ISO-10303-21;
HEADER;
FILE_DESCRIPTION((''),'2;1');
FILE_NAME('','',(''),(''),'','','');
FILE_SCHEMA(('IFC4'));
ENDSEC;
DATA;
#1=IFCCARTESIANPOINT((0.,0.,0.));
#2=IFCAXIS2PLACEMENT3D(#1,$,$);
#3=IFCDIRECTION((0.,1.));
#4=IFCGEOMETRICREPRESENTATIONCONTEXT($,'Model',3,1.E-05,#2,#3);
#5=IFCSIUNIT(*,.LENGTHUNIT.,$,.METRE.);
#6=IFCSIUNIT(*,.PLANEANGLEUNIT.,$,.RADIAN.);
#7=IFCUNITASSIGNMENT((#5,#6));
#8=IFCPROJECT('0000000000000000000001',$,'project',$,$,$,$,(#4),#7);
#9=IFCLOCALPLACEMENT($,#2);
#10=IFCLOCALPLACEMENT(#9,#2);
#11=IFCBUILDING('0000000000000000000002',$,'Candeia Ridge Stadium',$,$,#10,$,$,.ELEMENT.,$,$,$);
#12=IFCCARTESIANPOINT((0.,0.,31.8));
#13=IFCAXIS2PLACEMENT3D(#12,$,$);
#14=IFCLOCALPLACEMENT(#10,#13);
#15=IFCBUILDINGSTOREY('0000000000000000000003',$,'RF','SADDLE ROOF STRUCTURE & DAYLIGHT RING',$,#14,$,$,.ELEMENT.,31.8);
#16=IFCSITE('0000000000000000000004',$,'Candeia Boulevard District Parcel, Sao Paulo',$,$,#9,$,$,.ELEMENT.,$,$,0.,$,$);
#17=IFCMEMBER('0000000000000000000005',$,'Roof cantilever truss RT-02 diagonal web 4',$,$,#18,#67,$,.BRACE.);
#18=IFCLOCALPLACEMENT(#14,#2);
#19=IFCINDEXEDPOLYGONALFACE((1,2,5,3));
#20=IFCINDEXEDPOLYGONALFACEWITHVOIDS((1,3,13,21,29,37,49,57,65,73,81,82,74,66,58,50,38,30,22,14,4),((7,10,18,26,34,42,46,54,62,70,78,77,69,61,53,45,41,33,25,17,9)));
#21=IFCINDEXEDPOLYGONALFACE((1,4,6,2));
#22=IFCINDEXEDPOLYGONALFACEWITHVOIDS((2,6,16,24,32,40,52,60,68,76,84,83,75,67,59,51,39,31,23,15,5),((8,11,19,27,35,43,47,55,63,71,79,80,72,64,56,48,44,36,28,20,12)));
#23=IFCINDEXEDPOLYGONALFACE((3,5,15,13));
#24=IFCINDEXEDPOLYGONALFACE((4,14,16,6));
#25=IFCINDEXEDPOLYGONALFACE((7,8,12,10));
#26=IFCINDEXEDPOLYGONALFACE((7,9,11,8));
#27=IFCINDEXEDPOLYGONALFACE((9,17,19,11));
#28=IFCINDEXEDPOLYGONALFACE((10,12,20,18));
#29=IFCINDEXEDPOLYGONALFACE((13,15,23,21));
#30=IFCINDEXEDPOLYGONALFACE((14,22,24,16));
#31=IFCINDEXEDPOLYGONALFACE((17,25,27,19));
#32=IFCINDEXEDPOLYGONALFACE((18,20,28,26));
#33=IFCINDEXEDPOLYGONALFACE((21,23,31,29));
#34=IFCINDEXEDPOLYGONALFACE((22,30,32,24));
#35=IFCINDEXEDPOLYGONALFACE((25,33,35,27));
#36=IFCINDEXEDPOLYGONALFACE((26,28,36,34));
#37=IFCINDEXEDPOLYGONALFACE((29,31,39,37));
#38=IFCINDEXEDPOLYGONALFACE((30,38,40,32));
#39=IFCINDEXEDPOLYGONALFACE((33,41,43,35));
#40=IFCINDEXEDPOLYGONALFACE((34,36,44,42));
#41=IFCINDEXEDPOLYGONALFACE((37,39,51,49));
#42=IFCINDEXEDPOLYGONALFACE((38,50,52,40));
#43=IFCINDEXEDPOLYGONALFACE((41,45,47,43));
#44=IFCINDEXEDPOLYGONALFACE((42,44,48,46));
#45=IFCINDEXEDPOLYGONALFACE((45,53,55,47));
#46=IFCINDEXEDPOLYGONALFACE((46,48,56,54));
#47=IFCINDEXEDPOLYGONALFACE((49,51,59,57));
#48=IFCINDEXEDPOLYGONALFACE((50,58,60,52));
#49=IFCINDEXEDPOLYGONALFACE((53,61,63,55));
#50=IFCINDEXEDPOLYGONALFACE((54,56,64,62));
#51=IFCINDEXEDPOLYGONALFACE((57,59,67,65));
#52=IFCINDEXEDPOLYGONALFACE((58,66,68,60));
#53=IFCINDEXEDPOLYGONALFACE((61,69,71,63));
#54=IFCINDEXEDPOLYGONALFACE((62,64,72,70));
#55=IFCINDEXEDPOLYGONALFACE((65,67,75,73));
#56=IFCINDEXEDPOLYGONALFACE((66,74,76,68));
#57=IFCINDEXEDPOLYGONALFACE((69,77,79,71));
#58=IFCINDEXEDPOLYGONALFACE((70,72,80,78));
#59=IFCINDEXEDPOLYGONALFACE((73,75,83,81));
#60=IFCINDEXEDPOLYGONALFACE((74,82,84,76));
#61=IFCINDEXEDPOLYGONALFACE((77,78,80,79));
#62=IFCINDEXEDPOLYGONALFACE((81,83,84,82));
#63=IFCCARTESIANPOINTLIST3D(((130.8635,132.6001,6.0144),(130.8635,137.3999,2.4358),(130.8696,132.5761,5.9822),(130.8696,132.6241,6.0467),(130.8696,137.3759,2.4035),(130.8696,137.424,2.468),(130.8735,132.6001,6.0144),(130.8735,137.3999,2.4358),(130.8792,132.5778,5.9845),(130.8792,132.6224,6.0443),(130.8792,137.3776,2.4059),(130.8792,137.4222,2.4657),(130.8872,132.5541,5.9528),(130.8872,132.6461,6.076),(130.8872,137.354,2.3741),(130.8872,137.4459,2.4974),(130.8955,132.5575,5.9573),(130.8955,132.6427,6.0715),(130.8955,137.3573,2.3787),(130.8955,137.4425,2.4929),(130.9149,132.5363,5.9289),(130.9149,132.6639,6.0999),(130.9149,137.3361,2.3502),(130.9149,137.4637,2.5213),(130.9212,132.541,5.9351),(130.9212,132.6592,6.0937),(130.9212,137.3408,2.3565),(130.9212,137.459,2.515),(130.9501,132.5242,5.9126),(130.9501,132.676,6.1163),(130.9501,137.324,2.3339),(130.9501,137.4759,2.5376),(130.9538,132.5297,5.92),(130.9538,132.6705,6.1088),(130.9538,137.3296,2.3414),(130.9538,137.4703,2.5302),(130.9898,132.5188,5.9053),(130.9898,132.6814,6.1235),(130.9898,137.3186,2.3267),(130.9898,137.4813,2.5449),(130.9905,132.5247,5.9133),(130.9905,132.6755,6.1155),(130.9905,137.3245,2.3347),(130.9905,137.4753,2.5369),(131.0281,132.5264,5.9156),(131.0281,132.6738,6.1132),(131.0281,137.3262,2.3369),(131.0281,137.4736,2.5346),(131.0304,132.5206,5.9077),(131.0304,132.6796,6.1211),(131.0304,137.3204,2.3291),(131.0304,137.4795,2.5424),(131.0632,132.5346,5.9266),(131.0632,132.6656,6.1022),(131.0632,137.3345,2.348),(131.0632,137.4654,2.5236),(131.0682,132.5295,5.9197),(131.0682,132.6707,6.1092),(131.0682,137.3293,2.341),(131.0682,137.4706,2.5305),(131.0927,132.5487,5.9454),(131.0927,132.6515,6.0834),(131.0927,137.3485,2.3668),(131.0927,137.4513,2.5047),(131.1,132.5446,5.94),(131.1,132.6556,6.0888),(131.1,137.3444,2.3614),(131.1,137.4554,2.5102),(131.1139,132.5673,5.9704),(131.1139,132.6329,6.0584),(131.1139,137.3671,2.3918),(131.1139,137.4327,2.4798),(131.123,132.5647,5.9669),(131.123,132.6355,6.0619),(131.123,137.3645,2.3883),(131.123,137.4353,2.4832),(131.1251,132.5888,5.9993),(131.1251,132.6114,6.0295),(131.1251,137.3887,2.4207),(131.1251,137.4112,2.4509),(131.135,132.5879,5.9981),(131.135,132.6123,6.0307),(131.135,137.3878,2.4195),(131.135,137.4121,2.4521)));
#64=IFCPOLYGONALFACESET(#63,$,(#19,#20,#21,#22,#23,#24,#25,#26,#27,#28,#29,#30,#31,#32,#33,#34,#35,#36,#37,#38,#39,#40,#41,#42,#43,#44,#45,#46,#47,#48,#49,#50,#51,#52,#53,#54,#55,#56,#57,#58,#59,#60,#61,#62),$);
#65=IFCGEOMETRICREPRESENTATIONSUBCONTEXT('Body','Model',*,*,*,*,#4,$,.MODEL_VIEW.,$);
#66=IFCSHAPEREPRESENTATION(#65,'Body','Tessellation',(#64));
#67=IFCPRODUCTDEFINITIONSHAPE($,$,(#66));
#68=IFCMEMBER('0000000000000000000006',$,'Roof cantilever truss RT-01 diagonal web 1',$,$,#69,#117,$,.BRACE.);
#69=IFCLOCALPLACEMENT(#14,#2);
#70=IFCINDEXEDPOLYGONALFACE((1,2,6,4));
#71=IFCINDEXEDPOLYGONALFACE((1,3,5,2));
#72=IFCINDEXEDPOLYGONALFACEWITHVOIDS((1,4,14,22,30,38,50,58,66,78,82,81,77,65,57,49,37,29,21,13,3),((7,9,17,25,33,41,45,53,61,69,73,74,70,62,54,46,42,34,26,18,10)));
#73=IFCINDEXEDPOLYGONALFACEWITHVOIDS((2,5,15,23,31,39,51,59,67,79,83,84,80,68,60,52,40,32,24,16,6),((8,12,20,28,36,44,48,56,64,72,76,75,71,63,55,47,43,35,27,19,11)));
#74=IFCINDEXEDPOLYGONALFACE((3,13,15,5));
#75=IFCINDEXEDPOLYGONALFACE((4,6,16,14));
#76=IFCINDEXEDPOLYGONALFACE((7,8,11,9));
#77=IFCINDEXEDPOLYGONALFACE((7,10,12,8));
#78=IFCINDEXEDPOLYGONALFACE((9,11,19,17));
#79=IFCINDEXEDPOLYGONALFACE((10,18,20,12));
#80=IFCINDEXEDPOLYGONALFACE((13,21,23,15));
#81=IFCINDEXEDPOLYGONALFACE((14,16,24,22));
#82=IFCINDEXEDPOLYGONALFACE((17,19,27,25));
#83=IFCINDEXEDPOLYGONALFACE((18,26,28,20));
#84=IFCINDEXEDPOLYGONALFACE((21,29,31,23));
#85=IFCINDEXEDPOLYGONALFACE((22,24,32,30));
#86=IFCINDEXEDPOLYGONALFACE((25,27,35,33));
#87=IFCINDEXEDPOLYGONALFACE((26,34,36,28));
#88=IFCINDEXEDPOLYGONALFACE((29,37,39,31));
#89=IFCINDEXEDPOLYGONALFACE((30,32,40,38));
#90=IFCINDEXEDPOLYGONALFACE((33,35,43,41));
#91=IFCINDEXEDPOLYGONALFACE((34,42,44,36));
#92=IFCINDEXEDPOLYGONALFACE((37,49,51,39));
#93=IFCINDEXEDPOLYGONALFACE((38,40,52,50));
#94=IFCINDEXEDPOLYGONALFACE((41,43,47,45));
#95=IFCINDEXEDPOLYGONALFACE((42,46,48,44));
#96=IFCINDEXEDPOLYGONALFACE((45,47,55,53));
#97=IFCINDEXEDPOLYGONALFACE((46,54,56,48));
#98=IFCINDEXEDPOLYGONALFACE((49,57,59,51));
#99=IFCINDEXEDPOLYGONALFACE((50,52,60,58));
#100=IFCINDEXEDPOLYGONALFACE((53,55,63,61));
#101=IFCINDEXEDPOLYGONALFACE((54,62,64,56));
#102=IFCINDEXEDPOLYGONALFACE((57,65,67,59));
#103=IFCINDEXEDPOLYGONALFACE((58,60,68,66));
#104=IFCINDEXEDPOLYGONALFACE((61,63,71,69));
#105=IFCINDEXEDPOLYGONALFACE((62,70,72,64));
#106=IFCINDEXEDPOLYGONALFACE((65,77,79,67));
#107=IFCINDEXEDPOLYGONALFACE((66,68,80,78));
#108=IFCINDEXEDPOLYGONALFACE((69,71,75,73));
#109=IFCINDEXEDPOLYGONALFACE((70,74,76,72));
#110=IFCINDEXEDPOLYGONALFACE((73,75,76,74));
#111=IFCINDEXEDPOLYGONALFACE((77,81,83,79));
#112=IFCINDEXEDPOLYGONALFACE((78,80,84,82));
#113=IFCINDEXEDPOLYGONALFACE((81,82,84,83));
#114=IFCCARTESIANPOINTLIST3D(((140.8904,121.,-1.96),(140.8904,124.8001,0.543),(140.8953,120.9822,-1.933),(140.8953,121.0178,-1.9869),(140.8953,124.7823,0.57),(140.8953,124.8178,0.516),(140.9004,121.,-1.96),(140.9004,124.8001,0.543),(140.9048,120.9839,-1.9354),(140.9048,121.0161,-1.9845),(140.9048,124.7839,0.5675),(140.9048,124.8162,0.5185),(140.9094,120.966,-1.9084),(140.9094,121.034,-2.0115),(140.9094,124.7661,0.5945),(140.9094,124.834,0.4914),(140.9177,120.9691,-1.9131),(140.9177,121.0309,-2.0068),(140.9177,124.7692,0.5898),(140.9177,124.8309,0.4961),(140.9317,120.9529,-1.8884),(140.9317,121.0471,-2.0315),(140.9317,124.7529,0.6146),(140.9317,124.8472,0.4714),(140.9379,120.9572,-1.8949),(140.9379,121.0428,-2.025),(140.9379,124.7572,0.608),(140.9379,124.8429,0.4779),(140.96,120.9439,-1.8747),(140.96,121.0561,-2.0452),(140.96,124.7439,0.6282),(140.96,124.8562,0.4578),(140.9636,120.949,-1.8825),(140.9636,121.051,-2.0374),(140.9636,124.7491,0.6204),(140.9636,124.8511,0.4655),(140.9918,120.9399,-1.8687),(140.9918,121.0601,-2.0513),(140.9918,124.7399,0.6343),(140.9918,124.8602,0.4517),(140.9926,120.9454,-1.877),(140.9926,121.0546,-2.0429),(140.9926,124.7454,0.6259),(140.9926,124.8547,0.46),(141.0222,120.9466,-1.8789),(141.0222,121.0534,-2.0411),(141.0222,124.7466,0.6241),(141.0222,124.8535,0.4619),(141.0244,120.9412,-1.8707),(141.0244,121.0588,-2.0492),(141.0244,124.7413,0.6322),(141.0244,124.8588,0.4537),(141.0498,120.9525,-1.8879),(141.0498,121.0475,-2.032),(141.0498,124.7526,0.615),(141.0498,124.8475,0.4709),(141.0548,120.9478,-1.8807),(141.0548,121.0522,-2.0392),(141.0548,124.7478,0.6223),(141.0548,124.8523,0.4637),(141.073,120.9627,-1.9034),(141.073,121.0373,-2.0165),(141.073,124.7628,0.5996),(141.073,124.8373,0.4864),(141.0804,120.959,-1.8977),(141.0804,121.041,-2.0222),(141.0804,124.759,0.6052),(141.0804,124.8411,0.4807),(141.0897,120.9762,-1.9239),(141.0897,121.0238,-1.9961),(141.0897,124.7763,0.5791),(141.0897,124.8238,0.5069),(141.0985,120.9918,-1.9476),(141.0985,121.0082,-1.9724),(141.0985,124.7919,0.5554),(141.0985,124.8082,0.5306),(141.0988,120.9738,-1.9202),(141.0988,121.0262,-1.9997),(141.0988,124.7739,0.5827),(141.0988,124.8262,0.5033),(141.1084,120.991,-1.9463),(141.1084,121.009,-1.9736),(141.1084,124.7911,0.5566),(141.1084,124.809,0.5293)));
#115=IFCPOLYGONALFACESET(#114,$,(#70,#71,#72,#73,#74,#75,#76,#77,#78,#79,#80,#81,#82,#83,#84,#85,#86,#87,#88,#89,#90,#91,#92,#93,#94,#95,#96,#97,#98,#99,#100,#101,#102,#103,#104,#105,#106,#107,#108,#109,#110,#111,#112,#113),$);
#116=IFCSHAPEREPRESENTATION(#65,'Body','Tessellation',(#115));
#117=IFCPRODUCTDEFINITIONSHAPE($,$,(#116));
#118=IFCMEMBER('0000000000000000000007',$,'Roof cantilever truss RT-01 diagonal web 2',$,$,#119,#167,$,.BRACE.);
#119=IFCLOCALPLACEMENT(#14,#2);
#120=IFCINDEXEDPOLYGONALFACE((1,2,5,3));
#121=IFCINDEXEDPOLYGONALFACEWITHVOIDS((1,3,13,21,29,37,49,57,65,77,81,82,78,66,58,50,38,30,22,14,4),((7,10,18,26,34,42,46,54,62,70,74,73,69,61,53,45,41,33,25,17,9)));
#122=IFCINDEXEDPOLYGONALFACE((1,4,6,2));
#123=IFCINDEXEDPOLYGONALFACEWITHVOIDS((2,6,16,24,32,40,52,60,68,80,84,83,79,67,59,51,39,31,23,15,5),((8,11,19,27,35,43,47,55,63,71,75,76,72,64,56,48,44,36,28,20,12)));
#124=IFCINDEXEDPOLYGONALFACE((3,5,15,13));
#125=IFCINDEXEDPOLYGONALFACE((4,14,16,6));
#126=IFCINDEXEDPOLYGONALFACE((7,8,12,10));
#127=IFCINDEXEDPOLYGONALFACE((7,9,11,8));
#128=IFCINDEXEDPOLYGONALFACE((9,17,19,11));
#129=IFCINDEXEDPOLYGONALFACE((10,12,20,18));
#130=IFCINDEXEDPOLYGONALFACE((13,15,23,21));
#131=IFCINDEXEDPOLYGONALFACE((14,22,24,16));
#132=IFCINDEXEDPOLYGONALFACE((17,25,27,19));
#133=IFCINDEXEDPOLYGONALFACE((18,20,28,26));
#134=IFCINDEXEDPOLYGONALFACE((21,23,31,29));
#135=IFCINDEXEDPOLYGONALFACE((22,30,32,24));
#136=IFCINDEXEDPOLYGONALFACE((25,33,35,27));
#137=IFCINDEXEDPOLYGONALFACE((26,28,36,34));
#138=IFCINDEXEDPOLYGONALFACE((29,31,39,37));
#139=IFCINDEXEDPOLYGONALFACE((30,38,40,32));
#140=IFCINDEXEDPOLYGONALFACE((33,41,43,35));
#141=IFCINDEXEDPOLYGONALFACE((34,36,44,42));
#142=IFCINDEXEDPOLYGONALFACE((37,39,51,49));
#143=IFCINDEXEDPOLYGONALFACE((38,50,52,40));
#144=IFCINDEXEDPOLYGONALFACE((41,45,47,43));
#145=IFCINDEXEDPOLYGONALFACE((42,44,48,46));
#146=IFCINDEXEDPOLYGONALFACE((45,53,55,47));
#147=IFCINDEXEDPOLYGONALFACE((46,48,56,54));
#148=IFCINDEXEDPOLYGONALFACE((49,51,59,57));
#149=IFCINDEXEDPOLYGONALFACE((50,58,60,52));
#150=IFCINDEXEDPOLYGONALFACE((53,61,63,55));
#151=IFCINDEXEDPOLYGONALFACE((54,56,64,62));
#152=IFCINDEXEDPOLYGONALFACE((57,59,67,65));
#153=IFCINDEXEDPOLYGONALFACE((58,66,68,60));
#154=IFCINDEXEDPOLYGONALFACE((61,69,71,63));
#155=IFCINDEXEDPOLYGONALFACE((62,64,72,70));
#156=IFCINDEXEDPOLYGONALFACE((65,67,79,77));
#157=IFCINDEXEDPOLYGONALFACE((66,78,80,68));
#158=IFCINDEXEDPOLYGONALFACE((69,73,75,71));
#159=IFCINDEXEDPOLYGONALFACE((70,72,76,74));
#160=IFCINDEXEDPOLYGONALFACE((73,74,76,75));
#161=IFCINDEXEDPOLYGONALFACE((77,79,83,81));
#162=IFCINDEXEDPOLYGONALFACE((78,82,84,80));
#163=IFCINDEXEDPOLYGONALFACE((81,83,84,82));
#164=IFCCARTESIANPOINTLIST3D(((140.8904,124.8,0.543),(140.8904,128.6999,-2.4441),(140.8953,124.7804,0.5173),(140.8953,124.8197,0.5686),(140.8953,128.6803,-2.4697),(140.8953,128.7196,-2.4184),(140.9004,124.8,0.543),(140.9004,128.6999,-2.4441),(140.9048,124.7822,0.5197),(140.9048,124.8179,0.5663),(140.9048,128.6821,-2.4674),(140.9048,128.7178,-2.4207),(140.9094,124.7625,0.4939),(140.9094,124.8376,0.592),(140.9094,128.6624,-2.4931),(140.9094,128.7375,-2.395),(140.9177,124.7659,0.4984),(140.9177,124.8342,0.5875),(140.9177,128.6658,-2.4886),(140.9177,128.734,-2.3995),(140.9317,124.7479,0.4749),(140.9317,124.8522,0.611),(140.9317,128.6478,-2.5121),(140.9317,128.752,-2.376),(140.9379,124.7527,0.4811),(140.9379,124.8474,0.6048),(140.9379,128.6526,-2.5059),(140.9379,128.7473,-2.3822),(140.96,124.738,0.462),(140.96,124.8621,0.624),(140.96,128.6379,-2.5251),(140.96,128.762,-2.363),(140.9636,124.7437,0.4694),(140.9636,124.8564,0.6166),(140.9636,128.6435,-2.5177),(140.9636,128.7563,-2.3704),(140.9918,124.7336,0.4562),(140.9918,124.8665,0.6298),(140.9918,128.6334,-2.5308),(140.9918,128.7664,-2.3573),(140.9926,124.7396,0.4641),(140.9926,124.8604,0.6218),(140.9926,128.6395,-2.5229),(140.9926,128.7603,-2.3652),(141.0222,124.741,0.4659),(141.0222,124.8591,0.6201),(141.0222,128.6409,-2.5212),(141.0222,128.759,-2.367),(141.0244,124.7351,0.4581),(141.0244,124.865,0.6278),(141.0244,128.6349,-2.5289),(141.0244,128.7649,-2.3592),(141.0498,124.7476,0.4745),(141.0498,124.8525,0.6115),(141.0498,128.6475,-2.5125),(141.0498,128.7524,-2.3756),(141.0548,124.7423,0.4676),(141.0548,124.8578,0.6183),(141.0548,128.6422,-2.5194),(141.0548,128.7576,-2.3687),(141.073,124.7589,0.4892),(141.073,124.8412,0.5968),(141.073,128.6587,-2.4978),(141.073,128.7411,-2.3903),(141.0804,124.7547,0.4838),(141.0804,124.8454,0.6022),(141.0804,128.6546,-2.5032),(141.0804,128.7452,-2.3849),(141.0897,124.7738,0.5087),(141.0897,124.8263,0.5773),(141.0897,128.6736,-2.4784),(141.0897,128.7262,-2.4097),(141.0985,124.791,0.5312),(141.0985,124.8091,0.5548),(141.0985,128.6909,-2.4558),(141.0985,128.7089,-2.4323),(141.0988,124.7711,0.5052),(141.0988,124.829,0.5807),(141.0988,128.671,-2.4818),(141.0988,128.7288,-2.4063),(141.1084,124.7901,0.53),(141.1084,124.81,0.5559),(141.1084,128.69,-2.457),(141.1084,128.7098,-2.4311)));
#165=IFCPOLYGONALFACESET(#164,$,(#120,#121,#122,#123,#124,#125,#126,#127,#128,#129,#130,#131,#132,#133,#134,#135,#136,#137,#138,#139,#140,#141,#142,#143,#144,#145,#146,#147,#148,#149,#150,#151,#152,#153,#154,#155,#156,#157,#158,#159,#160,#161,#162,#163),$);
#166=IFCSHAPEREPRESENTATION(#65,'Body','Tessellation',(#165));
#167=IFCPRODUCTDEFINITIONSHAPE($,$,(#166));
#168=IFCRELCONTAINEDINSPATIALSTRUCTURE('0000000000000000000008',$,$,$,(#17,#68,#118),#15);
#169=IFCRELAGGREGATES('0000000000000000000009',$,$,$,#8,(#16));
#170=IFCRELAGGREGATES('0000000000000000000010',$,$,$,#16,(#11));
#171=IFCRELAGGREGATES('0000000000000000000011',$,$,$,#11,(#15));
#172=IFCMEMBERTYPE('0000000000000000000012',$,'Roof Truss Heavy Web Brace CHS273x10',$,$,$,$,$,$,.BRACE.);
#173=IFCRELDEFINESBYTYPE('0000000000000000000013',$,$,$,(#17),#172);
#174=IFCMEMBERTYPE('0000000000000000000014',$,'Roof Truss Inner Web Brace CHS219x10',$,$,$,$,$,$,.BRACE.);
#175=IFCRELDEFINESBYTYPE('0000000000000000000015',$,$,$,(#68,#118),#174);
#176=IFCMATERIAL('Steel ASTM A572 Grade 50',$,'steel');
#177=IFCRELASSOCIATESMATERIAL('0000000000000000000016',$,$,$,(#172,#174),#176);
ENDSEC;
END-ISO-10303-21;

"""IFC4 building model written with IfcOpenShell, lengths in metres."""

from ifc_helpers import new_model, si_unit, direction, frame, origin, origin_2d, place, context, subcontext, project, spatial, hollow_circle, extrude, material, material_profile, profile_set, type_object, element, save


model = new_model("IFC4")

# Units and contexts
model_context = context("Model", 3, precision=1e-05, world=origin(), true_north=direction((0.0, 1.0)))
body_context = subcontext(model_context, "Body", "Model", "MODEL_VIEW")
ifc_project = project(units=[si_unit("LENGTHUNIT", "METRE"), si_unit("PLANEANGLEUNIT", "RADIAN")], contexts=[model_context])

# Site, building, storey
site_placement = place(None, origin())
site = spatial("IfcSite", under=ifc_project, at=site_placement, Name="Candeia Boulevard District Parcel, Sao Paulo", CompositionType="ELEMENT", RefElevation=0.0)
building_placement = place(site_placement, origin())
building = spatial("IfcBuilding", under=site, at=building_placement, Name="Candeia Ridge Stadium", CompositionType="ELEMENT")
storey_placement = place(building_placement, frame((0.0, 0.0, 31.8)))
storey = spatial("IfcBuildingStorey", under=building, at=storey_placement, Name="RF", Description="SADDLE ROOF STRUCTURE & DAYLIGHT RING", CompositionType="ELEMENT", Elevation=31.8)

# Shared definitions
ifc_material_1 = material(Name="Steel ASTM A572 Grade 50", Category="steel")

# Members
ifc_material_profile_1 = material_profile(ifc_material_1, hollow_circle(Radius=0.1365, WallThickness=0.01, at=origin_2d()), Name="CHS273x10", Category="steel")
ifc_profile_set_1 = profile_set([ifc_material_profile_1], Name="Steel ASTM A572 Grade 50")
member_type_1 = type_object("IfcMemberType", Name="Roof Truss Heavy Web Brace CHS273x10", PredefinedType="BRACE", material=ifc_profile_set_1)
member_1_placement = place(storey_placement, frame((131.0, 132.6001, 6.0144), z_axis=(0.0, 0.8017, -0.597727), x_axis=(-1.0, 0.0, 0.0)))
element("IfcMember", 1, at=member_1_placement, inside=storey, type_object=member_type_1, Name="Roof cantilever truss RT-02 diagonal web 4", PredefinedType="BRACE", context=body_context, shape_type="SweptSolid", body=[
    extrude(hollow_circle(Radius=0.1365, WallThickness=0.01, at=origin_2d()), origin(), (0.0, 0.0, 1.0), 5.9871),
])
ifc_material_profile_2 = material_profile(ifc_material_1, hollow_circle(Radius=0.1096, WallThickness=0.01, at=origin_2d()), Name="CHS219x10", Category="steel")
ifc_profile_set_2 = profile_set([ifc_material_profile_2], Name="Steel ASTM A572 Grade 50")
member_type_2 = type_object("IfcMemberType", Name="Roof Truss Inner Web Brace CHS219x10", PredefinedType="BRACE", material=ifc_profile_set_2)
member_2_placement = place(storey_placement, frame((141.0, 121.0, -1.96), z_axis=(0.0, 0.835125, 0.550061), x_axis=(-1.0, 0.0, 0.0)))
element("IfcMember", 2, at=member_2_placement, inside=storey, type_object=member_type_2, Name="Roof cantilever truss RT-01 diagonal web 1", PredefinedType="BRACE", context=body_context, shape_type="SweptSolid", body=[
    extrude(hollow_circle(Radius=0.1096, WallThickness=0.01, at=origin_2d()), origin(), (0.0, 0.0, 1.0), 4.5503),
])
member_3_placement = place(storey_placement, frame((141.0, 124.8, 0.543), z_axis=(0.0, 0.793888, -0.608064), x_axis=(-1.0, 0.0, 0.0)))
element("IfcMember", 3, at=member_3_placement, inside=storey, type_object=member_type_2, Name="Roof cantilever truss RT-01 diagonal web 2", PredefinedType="BRACE", context=body_context, shape_type="SweptSolid", body=[
    extrude(hollow_circle(Radius=0.1096, WallThickness=0.01, at=origin_2d()), origin(), (0.0, 0.0, 1.0), 4.9124),
])

save(model, "model.ifc")
